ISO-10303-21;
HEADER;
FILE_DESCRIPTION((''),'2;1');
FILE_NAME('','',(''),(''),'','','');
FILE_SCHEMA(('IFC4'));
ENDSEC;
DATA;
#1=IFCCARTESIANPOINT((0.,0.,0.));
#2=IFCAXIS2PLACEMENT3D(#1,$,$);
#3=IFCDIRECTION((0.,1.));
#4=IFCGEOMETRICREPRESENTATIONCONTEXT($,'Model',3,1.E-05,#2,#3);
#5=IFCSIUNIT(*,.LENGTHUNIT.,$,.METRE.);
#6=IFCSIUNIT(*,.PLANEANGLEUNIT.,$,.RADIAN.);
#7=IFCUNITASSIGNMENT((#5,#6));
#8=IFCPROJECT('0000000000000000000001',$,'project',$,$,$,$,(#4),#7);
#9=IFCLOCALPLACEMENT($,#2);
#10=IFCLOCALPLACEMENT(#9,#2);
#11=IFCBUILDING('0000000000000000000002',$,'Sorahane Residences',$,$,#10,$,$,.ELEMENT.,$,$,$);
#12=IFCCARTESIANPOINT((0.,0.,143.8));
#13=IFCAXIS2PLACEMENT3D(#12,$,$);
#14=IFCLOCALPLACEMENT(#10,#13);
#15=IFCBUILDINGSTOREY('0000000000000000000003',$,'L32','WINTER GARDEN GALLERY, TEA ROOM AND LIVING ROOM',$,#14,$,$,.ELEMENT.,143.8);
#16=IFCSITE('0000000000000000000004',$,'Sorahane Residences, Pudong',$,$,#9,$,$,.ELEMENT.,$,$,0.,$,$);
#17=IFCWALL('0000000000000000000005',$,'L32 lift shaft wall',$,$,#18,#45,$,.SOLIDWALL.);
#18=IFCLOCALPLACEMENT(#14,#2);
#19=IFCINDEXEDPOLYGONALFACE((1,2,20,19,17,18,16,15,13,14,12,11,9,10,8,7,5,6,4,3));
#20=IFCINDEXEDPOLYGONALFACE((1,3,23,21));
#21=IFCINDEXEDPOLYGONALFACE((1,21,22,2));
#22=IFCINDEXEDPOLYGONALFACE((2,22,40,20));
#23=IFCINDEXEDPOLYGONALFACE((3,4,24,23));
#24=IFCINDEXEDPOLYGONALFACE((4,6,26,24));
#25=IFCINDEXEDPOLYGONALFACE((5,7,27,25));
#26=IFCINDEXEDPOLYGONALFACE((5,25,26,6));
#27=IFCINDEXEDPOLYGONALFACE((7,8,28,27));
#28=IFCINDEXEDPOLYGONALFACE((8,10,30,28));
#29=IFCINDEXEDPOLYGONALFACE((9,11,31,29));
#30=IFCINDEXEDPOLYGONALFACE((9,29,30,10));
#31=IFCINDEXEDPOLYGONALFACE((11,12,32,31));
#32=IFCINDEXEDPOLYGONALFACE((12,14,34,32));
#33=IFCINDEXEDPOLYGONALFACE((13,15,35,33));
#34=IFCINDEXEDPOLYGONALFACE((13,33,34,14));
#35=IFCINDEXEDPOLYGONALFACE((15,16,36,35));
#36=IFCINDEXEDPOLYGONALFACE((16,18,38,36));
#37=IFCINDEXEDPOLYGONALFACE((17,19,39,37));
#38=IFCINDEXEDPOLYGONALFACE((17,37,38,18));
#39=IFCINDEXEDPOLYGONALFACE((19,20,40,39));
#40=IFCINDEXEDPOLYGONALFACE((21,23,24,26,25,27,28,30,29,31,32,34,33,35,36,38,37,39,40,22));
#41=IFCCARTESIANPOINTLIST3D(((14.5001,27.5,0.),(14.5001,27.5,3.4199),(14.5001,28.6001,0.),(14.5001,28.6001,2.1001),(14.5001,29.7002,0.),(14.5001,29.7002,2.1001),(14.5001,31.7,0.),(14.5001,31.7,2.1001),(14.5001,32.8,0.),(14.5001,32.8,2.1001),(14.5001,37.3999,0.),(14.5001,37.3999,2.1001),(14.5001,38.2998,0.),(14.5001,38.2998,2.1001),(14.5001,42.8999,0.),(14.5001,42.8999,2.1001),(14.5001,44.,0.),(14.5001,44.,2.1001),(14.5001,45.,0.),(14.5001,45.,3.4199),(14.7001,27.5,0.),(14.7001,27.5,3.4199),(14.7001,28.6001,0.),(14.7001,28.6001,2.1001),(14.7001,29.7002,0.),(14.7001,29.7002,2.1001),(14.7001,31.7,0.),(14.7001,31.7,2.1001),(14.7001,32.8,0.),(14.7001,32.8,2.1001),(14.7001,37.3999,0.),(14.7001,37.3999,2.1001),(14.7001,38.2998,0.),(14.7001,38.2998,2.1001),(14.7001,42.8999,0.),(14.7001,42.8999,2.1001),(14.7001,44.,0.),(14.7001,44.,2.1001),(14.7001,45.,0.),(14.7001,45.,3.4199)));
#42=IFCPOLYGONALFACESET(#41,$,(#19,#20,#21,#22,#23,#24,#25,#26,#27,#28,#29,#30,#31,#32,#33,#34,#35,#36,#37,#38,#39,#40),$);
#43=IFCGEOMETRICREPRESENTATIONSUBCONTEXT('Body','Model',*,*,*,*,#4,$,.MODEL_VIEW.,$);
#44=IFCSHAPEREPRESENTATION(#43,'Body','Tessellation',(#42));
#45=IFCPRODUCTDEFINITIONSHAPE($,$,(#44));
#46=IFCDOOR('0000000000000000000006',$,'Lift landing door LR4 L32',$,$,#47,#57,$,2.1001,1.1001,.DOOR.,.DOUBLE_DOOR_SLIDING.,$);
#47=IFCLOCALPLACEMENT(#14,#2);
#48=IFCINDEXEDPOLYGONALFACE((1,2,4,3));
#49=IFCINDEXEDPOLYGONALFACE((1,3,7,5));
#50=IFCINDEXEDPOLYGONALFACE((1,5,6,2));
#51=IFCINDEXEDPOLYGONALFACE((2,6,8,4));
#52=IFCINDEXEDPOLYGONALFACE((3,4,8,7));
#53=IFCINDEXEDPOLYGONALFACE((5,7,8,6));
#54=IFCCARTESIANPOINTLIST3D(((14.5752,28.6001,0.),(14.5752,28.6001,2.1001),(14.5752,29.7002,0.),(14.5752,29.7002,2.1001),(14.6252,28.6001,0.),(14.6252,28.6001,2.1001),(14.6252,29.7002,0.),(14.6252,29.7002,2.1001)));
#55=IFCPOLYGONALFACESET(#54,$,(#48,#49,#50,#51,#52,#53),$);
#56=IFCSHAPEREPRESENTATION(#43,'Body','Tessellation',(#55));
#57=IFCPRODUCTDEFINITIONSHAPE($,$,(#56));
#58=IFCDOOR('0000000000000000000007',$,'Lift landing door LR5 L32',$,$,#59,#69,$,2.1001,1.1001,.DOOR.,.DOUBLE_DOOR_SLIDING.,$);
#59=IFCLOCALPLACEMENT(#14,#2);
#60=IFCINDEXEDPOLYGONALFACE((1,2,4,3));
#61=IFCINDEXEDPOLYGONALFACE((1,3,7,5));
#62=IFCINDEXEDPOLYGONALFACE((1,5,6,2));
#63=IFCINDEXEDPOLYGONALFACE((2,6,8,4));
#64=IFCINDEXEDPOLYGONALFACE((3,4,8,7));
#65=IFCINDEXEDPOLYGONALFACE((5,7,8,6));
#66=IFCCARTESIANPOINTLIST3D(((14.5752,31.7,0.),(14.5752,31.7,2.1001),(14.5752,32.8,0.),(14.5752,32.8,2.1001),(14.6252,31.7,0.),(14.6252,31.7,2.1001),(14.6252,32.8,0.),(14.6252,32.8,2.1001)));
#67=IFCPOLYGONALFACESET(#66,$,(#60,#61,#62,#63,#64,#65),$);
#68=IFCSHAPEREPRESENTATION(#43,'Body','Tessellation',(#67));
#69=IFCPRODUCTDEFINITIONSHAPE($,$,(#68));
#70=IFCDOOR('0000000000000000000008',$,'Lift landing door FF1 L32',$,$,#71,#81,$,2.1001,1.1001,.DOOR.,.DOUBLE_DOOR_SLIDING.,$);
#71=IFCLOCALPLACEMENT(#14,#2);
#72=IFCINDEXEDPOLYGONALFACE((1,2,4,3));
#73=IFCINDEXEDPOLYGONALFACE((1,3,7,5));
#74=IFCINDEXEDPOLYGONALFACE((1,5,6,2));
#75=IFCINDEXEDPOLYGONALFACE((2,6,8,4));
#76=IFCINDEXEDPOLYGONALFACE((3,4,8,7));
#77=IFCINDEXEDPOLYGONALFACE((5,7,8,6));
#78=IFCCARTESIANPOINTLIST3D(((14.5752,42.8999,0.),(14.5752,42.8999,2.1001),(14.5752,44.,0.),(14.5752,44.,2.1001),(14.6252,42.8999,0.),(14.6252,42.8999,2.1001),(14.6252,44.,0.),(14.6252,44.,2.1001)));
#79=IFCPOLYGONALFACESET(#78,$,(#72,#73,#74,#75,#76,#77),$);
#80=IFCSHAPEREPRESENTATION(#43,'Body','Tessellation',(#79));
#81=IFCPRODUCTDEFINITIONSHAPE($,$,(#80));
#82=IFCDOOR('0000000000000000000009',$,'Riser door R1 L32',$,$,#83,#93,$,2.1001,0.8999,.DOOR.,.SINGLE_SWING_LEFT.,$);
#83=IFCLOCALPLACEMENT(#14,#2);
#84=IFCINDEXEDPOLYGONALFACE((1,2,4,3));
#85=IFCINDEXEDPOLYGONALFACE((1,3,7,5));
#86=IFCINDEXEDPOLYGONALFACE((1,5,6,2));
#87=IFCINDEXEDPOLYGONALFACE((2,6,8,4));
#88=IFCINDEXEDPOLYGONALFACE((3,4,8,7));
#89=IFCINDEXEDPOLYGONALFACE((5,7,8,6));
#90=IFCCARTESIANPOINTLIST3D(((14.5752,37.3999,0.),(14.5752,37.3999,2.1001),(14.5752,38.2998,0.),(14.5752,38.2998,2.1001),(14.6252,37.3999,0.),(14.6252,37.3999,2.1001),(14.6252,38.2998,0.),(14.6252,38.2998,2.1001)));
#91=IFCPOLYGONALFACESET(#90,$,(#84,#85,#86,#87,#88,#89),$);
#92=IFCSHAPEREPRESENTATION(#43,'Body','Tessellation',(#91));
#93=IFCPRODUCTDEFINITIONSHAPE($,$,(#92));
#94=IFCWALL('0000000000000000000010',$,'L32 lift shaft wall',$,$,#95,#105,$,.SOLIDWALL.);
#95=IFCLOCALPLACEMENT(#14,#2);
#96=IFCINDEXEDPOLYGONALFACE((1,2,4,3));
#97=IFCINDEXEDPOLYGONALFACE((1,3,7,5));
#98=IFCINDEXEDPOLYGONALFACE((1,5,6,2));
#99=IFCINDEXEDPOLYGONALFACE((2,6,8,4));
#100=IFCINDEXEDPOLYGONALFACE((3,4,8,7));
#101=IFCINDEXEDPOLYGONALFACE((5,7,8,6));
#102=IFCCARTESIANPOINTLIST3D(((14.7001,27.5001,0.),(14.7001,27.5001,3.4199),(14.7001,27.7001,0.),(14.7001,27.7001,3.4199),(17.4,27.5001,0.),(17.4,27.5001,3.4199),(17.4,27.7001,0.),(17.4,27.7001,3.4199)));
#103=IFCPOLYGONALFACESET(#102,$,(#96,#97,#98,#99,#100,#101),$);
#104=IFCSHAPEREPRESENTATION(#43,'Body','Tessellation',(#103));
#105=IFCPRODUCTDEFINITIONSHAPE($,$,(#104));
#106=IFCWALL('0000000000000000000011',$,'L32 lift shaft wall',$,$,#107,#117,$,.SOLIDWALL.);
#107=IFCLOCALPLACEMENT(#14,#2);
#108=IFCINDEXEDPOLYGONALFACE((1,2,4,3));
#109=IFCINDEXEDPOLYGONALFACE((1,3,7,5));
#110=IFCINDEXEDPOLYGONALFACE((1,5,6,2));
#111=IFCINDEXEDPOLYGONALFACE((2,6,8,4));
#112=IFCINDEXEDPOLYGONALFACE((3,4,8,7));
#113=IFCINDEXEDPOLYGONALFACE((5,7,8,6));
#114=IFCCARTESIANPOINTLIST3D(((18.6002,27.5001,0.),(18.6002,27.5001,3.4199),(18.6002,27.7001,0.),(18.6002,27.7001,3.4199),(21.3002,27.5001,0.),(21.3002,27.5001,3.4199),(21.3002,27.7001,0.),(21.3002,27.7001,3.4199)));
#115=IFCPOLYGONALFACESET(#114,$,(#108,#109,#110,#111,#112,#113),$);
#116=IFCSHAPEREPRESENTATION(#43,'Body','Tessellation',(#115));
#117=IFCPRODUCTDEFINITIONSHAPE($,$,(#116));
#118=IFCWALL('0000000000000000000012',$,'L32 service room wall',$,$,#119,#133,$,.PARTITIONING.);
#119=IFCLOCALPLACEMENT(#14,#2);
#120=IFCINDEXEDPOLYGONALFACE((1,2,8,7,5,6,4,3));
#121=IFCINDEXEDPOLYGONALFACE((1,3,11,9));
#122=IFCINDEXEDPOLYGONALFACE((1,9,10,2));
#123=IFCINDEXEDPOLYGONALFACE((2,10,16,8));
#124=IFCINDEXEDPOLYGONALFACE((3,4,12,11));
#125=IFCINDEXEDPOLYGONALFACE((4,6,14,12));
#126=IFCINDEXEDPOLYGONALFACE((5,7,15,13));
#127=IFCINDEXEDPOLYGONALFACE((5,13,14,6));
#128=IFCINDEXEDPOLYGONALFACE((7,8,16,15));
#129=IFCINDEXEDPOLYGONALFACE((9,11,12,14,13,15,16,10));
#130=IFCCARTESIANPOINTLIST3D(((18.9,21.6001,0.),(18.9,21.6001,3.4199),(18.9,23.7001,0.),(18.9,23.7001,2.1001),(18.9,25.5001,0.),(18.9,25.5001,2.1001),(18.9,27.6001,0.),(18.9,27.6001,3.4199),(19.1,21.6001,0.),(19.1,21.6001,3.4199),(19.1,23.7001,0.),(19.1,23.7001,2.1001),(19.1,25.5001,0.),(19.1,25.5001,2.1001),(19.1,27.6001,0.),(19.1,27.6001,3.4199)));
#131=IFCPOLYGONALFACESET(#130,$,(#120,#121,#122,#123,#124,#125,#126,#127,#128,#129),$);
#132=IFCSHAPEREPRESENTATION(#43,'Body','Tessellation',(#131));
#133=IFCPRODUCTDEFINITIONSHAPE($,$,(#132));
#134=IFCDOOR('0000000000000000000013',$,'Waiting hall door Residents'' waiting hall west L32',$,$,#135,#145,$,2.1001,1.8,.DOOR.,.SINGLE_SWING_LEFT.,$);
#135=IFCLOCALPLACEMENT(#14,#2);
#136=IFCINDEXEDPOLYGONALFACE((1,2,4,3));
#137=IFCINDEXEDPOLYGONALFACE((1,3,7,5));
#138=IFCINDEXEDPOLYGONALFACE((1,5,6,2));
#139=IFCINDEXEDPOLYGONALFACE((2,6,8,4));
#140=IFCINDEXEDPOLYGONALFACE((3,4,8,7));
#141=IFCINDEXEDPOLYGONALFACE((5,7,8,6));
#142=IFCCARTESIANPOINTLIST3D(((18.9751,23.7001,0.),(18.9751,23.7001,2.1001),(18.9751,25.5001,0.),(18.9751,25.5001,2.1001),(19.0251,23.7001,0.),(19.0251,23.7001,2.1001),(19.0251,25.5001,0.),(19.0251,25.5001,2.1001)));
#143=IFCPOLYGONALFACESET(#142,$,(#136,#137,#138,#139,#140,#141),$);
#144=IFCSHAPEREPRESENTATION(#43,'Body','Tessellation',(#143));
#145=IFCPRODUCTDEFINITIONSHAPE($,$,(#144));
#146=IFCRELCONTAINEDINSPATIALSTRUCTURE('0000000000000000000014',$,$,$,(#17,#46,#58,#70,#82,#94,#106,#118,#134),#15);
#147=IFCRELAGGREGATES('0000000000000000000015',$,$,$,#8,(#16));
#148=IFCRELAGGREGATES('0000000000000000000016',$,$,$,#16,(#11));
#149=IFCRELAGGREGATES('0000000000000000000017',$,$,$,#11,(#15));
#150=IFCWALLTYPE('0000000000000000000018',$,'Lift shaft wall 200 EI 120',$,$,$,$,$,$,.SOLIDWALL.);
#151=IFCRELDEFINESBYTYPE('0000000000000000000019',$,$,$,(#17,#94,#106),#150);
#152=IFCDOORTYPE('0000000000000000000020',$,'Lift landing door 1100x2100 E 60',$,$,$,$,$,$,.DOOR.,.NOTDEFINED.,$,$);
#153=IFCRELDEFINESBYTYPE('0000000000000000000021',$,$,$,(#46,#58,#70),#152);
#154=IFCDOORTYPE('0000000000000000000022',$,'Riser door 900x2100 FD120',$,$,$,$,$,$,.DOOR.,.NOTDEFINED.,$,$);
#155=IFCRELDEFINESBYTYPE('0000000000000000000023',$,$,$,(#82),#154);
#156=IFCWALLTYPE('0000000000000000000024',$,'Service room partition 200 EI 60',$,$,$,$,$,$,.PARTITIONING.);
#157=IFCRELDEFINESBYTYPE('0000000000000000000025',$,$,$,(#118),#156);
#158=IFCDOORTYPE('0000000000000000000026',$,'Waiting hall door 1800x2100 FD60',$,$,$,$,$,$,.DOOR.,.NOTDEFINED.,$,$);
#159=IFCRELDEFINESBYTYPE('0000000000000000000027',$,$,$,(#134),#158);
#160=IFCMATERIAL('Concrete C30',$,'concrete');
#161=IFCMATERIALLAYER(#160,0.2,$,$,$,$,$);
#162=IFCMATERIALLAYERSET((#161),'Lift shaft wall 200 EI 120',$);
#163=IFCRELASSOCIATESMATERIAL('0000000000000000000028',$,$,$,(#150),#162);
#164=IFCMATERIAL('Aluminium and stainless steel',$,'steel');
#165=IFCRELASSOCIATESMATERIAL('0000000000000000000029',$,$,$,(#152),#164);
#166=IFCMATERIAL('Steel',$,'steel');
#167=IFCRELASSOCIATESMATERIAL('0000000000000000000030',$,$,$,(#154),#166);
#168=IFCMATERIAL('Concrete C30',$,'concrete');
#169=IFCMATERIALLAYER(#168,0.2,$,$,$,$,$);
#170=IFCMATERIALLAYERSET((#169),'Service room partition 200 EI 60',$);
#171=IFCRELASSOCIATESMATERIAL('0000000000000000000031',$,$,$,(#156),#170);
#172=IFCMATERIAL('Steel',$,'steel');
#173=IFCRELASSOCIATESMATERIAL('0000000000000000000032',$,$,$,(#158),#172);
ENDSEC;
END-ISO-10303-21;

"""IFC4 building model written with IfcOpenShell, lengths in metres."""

from ifc_helpers import new_model, si_unit, direction, frame, frame_2d, origin, place, context, subcontext, project, spatial, rectangle, extrude, material, layer, layer_set, type_object, element, fill, save


model = new_model("IFC4")

# Units and contexts
model_context = context("Model", 3, precision=1e-05, world=origin(), true_north=direction((0.0, 1.0)))
body_context = subcontext(model_context, "Body", "Model", "MODEL_VIEW")
ifc_project = project(units=[si_unit("LENGTHUNIT", "METRE"), si_unit("PLANEANGLEUNIT", "RADIAN")], contexts=[model_context])

# Site, building, storey
site_placement = place(None, origin())
site = spatial("IfcSite", under=ifc_project, at=site_placement, Name="Sorahane Residences, Pudong", CompositionType="ELEMENT", RefElevation=0.0)
building_placement = place(site_placement, origin())
building = spatial("IfcBuilding", under=site, at=building_placement, Name="Sorahane Residences", CompositionType="ELEMENT")
storey_placement = place(building_placement, frame((0.0, 0.0, 143.8)))
storey = spatial("IfcBuildingStorey", under=building, at=storey_placement, Name="L32", Description="WINTER GARDEN GALLERY, TEA ROOM AND LIVING ROOM", CompositionType="ELEMENT", Elevation=143.8)

# Wall, openings, doors
ifc_material_1 = material(Name="Concrete C30", Category="concrete")
ifc_layer_1 = layer(ifc_material_1, 0.2)
ifc_layer_set_1 = layer_set([ifc_layer_1], Name="Lift shaft wall 200 EI 120")
wall_type_1 = type_object("IfcWallType", Name="Lift shaft wall 200 EI 120", PredefinedType="SOLIDWALL", material=ifc_layer_set_1)
wall_1_placement = place(storey_placement, frame((14.6001, 27.5, 0.0), z_axis=(0.0, 0.0, 1.0), x_axis=(0.0, 1.0, 0.0)))
wall_1 = element("IfcWall", 1, at=wall_1_placement, inside=storey, type_object=wall_type_1, Name="L32 lift shaft wall", PredefinedType="SOLIDWALL", context=body_context, shape_type="SweptSolid", body=[
    extrude(rectangle(XDim=17.5, YDim=0.2, at=frame_2d((8.75, 0.0))), origin(), (0.0, 0.0, 1.0), 3.4199),
])
opening_1_placement = place(wall_1_placement, frame((1.1001, 0.0, 0.0)))
opening_1 = element("IfcOpeningElement", 2, at=opening_1_placement, cuts=wall_1, PredefinedType="OPENING", context=body_context, shape_type="SweptSolid", body=[
    extrude(rectangle(XDim=1.1001, YDim=2.1001, at=frame_2d((0.55, 1.05))), frame((0.0, 0.1099, 0.0), z_axis=(0.0, -1.0, 0.0), x_axis=(1.0, 0.0, 0.0)), (0.0, 0.0, 1.0), 0.22),
])
opening_2_placement = place(wall_1_placement, frame((4.2, 0.0, 0.0)))
opening_2 = element("IfcOpeningElement", 3, at=opening_2_placement, cuts=wall_1, PredefinedType="OPENING", context=body_context, shape_type="SweptSolid", body=[
    extrude(rectangle(XDim=1.1001, YDim=2.1001, at=frame_2d((0.55, 1.05))), frame((0.0, 0.1099, 0.0), z_axis=(0.0, -1.0, 0.0), x_axis=(1.0, 0.0, 0.0)), (0.0, 0.0, 1.0), 0.22),
])
opening_3_placement = place(wall_1_placement, frame((15.3999, 0.0, 0.0)))
opening_3 = element("IfcOpeningElement", 4, at=opening_3_placement, cuts=wall_1, PredefinedType="OPENING", context=body_context, shape_type="SweptSolid", body=[
    extrude(rectangle(XDim=1.1001, YDim=2.1001, at=frame_2d((0.55, 1.05))), frame((0.0, 0.1099, 0.0), z_axis=(0.0, -1.0, 0.0), x_axis=(1.0, 0.0, 0.0)), (0.0, 0.0, 1.0), 0.22),
])
opening_4_placement = place(wall_1_placement, frame((9.8999, 0.0, 0.0)))
opening_4 = element("IfcOpeningElement", 5, at=opening_4_placement, cuts=wall_1, PredefinedType="OPENING", context=body_context, shape_type="SweptSolid", body=[
    extrude(rectangle(XDim=0.8999, YDim=2.1001, at=frame_2d((0.45, 1.05))), frame((0.0, 0.1099, 0.0), z_axis=(0.0, -1.0, 0.0), x_axis=(1.0, 0.0, 0.0)), (0.0, 0.0, 1.0), 0.22),
])
ifc_material_2 = material(Name="Aluminium and stainless steel", Category="steel")
door_type_1 = type_object("IfcDoorType", Name="Lift landing door 1100x2100 E 60", OperationType="NOTDEFINED", PredefinedType="DOOR", material=ifc_material_2)
door_1_placement = place(opening_1_placement, origin())
door_1 = element("IfcDoor", 6, at=door_1_placement, inside=storey, type_object=door_type_1, Name="Lift landing door LR4 L32", OperationType="DOUBLE_DOOR_SLIDING", OverallHeight=2.1001, OverallWidth=1.1001, PredefinedType="DOOR", context=body_context, shape_type="SweptSolid", body=[
    extrude(rectangle(XDim=1.1001, YDim=2.1001, at=frame_2d((0.55, 1.05))), frame((0.0, 0.0249, 0.0), z_axis=(0.0, -1.0, 0.0), x_axis=(1.0, 0.0, 0.0)), (0.0, 0.0, 1.0), 0.05),
])
fill(opening_1, door_1)
door_2_placement = place(opening_2_placement, origin())
door_2 = element("IfcDoor", 7, at=door_2_placement, inside=storey, type_object=door_type_1, Name="Lift landing door LR5 L32", OperationType="DOUBLE_DOOR_SLIDING", OverallHeight=2.1001, OverallWidth=1.1001, PredefinedType="DOOR", context=body_context, shape_type="SweptSolid", body=[
    extrude(rectangle(XDim=1.1001, YDim=2.1001, at=frame_2d((0.55, 1.05))), frame((0.0, 0.0249, 0.0), z_axis=(0.0, -1.0, 0.0), x_axis=(1.0, 0.0, 0.0)), (0.0, 0.0, 1.0), 0.05),
])
fill(opening_2, door_2)
door_3_placement = place(opening_3_placement, origin())
door_3 = element("IfcDoor", 8, at=door_3_placement, inside=storey, type_object=door_type_1, Name="Lift landing door FF1 L32", OperationType="DOUBLE_DOOR_SLIDING", OverallHeight=2.1001, OverallWidth=1.1001, PredefinedType="DOOR", context=body_context, shape_type="SweptSolid", body=[
    extrude(rectangle(XDim=1.1001, YDim=2.1001, at=frame_2d((0.55, 1.05))), frame((0.0, 0.0249, 0.0), z_axis=(0.0, -1.0, 0.0), x_axis=(1.0, 0.0, 0.0)), (0.0, 0.0, 1.0), 0.05),
])
fill(opening_3, door_3)
ifc_material_3 = material(Name="Steel", Category="steel")
door_type_2 = type_object("IfcDoorType", Name="Riser door 900x2100 FD120", OperationType="NOTDEFINED", PredefinedType="DOOR", material=ifc_material_3)
door_4_placement = place(opening_4_placement, origin())
door_4 = element("IfcDoor", 9, at=door_4_placement, inside=storey, type_object=door_type_2, Name="Riser door R1 L32", OperationType="SINGLE_SWING_LEFT", OverallHeight=2.1001, OverallWidth=0.8999, PredefinedType="DOOR", context=body_context, shape_type="SweptSolid", body=[
    extrude(rectangle(XDim=0.8999, YDim=2.1001, at=frame_2d((0.45, 1.05))), frame((0.0, 0.0249, 0.0), z_axis=(0.0, -1.0, 0.0), x_axis=(1.0, 0.0, 0.0)), (0.0, 0.0, 1.0), 0.05),
])
fill(opening_4, door_4)

# Walls
for number, where, z_axis, x_axis, name in (
    (10, (14.7, 27.6001, 0.0), (0.0, 0.0, 1.0), (1.0, 0.0, 0.0), "L32 lift shaft wall"),
    (11, (18.6001, 27.6001, 0.0), (0.0, 0.0, 1.0), (1.0, 0.0, 0.0), "L32 lift shaft wall"),
):
    element("IfcWall", number, at=place(storey_placement, frame(where, z_axis=z_axis, x_axis=x_axis)), inside=storey, type_object=wall_type_1, Name=name, PredefinedType="SOLIDWALL", context=body_context, shape_type="SweptSolid", body=[
        extrude(rectangle(XDim=2.7, YDim=0.2, at=frame_2d((1.3501, 0.0))), origin(), (0.0, 0.0, 1.0), 3.4199),
    ])

# Wall, opening, door
ifc_material_4 = material(Name="Concrete C30", Category="concrete")
ifc_layer_2 = layer(ifc_material_4, 0.2)
ifc_layer_set_2 = layer_set([ifc_layer_2], Name="Service room partition 200 EI 60")
wall_type_2 = type_object("IfcWallType", Name="Service room partition 200 EI 60", PredefinedType="PARTITIONING", material=ifc_layer_set_2)
wall_2_placement = place(storey_placement, frame((19.0, 21.6001, 0.0), z_axis=(0.0, 0.0, 1.0), x_axis=(0.0, 1.0, 0.0)))
wall_2 = element("IfcWall", 12, at=wall_2_placement, inside=storey, type_object=wall_type_2, Name="L32 service room wall", PredefinedType="PARTITIONING", context=body_context, shape_type="SweptSolid", body=[
    extrude(rectangle(XDim=6.0, YDim=0.2, at=frame_2d((3.0, 0.0))), origin(), (0.0, 0.0, 1.0), 3.4199),
])
opening_5_placement = place(wall_2_placement, frame((2.1001, 0.0, 0.0)))
opening_5 = element("IfcOpeningElement", 13, at=opening_5_placement, cuts=wall_2, PredefinedType="OPENING", context=body_context, shape_type="SweptSolid", body=[
    extrude(rectangle(XDim=1.8, YDim=2.1001, at=frame_2d((0.8999, 1.05))), frame((0.0, 0.1099, 0.0), z_axis=(0.0, -1.0, 0.0), x_axis=(1.0, 0.0, 0.0)), (0.0, 0.0, 1.0), 0.22),
])
ifc_material_5 = material(Name="Steel", Category="steel")
door_type_3 = type_object("IfcDoorType", Name="Waiting hall door 1800x2100 FD60", OperationType="NOTDEFINED", PredefinedType="DOOR", material=ifc_material_5)
door_5_placement = place(opening_5_placement, origin())
door_5 = element("IfcDoor", 14, at=door_5_placement, inside=storey, type_object=door_type_3, Name="Waiting hall door Residents' waiting hall west L32", OperationType="SINGLE_SWING_LEFT", OverallHeight=2.1001, OverallWidth=1.8, PredefinedType="DOOR", context=body_context, shape_type="SweptSolid", body=[
    extrude(rectangle(XDim=1.8, YDim=2.1001, at=frame_2d((0.8999, 1.05))), frame((0.0, 0.0249, 0.0), z_axis=(0.0, -1.0, 0.0), x_axis=(1.0, 0.0, 0.0)), (0.0, 0.0, 1.0), 0.05),
])
fill(opening_5, door_5)

save(model, "model.ifc")
